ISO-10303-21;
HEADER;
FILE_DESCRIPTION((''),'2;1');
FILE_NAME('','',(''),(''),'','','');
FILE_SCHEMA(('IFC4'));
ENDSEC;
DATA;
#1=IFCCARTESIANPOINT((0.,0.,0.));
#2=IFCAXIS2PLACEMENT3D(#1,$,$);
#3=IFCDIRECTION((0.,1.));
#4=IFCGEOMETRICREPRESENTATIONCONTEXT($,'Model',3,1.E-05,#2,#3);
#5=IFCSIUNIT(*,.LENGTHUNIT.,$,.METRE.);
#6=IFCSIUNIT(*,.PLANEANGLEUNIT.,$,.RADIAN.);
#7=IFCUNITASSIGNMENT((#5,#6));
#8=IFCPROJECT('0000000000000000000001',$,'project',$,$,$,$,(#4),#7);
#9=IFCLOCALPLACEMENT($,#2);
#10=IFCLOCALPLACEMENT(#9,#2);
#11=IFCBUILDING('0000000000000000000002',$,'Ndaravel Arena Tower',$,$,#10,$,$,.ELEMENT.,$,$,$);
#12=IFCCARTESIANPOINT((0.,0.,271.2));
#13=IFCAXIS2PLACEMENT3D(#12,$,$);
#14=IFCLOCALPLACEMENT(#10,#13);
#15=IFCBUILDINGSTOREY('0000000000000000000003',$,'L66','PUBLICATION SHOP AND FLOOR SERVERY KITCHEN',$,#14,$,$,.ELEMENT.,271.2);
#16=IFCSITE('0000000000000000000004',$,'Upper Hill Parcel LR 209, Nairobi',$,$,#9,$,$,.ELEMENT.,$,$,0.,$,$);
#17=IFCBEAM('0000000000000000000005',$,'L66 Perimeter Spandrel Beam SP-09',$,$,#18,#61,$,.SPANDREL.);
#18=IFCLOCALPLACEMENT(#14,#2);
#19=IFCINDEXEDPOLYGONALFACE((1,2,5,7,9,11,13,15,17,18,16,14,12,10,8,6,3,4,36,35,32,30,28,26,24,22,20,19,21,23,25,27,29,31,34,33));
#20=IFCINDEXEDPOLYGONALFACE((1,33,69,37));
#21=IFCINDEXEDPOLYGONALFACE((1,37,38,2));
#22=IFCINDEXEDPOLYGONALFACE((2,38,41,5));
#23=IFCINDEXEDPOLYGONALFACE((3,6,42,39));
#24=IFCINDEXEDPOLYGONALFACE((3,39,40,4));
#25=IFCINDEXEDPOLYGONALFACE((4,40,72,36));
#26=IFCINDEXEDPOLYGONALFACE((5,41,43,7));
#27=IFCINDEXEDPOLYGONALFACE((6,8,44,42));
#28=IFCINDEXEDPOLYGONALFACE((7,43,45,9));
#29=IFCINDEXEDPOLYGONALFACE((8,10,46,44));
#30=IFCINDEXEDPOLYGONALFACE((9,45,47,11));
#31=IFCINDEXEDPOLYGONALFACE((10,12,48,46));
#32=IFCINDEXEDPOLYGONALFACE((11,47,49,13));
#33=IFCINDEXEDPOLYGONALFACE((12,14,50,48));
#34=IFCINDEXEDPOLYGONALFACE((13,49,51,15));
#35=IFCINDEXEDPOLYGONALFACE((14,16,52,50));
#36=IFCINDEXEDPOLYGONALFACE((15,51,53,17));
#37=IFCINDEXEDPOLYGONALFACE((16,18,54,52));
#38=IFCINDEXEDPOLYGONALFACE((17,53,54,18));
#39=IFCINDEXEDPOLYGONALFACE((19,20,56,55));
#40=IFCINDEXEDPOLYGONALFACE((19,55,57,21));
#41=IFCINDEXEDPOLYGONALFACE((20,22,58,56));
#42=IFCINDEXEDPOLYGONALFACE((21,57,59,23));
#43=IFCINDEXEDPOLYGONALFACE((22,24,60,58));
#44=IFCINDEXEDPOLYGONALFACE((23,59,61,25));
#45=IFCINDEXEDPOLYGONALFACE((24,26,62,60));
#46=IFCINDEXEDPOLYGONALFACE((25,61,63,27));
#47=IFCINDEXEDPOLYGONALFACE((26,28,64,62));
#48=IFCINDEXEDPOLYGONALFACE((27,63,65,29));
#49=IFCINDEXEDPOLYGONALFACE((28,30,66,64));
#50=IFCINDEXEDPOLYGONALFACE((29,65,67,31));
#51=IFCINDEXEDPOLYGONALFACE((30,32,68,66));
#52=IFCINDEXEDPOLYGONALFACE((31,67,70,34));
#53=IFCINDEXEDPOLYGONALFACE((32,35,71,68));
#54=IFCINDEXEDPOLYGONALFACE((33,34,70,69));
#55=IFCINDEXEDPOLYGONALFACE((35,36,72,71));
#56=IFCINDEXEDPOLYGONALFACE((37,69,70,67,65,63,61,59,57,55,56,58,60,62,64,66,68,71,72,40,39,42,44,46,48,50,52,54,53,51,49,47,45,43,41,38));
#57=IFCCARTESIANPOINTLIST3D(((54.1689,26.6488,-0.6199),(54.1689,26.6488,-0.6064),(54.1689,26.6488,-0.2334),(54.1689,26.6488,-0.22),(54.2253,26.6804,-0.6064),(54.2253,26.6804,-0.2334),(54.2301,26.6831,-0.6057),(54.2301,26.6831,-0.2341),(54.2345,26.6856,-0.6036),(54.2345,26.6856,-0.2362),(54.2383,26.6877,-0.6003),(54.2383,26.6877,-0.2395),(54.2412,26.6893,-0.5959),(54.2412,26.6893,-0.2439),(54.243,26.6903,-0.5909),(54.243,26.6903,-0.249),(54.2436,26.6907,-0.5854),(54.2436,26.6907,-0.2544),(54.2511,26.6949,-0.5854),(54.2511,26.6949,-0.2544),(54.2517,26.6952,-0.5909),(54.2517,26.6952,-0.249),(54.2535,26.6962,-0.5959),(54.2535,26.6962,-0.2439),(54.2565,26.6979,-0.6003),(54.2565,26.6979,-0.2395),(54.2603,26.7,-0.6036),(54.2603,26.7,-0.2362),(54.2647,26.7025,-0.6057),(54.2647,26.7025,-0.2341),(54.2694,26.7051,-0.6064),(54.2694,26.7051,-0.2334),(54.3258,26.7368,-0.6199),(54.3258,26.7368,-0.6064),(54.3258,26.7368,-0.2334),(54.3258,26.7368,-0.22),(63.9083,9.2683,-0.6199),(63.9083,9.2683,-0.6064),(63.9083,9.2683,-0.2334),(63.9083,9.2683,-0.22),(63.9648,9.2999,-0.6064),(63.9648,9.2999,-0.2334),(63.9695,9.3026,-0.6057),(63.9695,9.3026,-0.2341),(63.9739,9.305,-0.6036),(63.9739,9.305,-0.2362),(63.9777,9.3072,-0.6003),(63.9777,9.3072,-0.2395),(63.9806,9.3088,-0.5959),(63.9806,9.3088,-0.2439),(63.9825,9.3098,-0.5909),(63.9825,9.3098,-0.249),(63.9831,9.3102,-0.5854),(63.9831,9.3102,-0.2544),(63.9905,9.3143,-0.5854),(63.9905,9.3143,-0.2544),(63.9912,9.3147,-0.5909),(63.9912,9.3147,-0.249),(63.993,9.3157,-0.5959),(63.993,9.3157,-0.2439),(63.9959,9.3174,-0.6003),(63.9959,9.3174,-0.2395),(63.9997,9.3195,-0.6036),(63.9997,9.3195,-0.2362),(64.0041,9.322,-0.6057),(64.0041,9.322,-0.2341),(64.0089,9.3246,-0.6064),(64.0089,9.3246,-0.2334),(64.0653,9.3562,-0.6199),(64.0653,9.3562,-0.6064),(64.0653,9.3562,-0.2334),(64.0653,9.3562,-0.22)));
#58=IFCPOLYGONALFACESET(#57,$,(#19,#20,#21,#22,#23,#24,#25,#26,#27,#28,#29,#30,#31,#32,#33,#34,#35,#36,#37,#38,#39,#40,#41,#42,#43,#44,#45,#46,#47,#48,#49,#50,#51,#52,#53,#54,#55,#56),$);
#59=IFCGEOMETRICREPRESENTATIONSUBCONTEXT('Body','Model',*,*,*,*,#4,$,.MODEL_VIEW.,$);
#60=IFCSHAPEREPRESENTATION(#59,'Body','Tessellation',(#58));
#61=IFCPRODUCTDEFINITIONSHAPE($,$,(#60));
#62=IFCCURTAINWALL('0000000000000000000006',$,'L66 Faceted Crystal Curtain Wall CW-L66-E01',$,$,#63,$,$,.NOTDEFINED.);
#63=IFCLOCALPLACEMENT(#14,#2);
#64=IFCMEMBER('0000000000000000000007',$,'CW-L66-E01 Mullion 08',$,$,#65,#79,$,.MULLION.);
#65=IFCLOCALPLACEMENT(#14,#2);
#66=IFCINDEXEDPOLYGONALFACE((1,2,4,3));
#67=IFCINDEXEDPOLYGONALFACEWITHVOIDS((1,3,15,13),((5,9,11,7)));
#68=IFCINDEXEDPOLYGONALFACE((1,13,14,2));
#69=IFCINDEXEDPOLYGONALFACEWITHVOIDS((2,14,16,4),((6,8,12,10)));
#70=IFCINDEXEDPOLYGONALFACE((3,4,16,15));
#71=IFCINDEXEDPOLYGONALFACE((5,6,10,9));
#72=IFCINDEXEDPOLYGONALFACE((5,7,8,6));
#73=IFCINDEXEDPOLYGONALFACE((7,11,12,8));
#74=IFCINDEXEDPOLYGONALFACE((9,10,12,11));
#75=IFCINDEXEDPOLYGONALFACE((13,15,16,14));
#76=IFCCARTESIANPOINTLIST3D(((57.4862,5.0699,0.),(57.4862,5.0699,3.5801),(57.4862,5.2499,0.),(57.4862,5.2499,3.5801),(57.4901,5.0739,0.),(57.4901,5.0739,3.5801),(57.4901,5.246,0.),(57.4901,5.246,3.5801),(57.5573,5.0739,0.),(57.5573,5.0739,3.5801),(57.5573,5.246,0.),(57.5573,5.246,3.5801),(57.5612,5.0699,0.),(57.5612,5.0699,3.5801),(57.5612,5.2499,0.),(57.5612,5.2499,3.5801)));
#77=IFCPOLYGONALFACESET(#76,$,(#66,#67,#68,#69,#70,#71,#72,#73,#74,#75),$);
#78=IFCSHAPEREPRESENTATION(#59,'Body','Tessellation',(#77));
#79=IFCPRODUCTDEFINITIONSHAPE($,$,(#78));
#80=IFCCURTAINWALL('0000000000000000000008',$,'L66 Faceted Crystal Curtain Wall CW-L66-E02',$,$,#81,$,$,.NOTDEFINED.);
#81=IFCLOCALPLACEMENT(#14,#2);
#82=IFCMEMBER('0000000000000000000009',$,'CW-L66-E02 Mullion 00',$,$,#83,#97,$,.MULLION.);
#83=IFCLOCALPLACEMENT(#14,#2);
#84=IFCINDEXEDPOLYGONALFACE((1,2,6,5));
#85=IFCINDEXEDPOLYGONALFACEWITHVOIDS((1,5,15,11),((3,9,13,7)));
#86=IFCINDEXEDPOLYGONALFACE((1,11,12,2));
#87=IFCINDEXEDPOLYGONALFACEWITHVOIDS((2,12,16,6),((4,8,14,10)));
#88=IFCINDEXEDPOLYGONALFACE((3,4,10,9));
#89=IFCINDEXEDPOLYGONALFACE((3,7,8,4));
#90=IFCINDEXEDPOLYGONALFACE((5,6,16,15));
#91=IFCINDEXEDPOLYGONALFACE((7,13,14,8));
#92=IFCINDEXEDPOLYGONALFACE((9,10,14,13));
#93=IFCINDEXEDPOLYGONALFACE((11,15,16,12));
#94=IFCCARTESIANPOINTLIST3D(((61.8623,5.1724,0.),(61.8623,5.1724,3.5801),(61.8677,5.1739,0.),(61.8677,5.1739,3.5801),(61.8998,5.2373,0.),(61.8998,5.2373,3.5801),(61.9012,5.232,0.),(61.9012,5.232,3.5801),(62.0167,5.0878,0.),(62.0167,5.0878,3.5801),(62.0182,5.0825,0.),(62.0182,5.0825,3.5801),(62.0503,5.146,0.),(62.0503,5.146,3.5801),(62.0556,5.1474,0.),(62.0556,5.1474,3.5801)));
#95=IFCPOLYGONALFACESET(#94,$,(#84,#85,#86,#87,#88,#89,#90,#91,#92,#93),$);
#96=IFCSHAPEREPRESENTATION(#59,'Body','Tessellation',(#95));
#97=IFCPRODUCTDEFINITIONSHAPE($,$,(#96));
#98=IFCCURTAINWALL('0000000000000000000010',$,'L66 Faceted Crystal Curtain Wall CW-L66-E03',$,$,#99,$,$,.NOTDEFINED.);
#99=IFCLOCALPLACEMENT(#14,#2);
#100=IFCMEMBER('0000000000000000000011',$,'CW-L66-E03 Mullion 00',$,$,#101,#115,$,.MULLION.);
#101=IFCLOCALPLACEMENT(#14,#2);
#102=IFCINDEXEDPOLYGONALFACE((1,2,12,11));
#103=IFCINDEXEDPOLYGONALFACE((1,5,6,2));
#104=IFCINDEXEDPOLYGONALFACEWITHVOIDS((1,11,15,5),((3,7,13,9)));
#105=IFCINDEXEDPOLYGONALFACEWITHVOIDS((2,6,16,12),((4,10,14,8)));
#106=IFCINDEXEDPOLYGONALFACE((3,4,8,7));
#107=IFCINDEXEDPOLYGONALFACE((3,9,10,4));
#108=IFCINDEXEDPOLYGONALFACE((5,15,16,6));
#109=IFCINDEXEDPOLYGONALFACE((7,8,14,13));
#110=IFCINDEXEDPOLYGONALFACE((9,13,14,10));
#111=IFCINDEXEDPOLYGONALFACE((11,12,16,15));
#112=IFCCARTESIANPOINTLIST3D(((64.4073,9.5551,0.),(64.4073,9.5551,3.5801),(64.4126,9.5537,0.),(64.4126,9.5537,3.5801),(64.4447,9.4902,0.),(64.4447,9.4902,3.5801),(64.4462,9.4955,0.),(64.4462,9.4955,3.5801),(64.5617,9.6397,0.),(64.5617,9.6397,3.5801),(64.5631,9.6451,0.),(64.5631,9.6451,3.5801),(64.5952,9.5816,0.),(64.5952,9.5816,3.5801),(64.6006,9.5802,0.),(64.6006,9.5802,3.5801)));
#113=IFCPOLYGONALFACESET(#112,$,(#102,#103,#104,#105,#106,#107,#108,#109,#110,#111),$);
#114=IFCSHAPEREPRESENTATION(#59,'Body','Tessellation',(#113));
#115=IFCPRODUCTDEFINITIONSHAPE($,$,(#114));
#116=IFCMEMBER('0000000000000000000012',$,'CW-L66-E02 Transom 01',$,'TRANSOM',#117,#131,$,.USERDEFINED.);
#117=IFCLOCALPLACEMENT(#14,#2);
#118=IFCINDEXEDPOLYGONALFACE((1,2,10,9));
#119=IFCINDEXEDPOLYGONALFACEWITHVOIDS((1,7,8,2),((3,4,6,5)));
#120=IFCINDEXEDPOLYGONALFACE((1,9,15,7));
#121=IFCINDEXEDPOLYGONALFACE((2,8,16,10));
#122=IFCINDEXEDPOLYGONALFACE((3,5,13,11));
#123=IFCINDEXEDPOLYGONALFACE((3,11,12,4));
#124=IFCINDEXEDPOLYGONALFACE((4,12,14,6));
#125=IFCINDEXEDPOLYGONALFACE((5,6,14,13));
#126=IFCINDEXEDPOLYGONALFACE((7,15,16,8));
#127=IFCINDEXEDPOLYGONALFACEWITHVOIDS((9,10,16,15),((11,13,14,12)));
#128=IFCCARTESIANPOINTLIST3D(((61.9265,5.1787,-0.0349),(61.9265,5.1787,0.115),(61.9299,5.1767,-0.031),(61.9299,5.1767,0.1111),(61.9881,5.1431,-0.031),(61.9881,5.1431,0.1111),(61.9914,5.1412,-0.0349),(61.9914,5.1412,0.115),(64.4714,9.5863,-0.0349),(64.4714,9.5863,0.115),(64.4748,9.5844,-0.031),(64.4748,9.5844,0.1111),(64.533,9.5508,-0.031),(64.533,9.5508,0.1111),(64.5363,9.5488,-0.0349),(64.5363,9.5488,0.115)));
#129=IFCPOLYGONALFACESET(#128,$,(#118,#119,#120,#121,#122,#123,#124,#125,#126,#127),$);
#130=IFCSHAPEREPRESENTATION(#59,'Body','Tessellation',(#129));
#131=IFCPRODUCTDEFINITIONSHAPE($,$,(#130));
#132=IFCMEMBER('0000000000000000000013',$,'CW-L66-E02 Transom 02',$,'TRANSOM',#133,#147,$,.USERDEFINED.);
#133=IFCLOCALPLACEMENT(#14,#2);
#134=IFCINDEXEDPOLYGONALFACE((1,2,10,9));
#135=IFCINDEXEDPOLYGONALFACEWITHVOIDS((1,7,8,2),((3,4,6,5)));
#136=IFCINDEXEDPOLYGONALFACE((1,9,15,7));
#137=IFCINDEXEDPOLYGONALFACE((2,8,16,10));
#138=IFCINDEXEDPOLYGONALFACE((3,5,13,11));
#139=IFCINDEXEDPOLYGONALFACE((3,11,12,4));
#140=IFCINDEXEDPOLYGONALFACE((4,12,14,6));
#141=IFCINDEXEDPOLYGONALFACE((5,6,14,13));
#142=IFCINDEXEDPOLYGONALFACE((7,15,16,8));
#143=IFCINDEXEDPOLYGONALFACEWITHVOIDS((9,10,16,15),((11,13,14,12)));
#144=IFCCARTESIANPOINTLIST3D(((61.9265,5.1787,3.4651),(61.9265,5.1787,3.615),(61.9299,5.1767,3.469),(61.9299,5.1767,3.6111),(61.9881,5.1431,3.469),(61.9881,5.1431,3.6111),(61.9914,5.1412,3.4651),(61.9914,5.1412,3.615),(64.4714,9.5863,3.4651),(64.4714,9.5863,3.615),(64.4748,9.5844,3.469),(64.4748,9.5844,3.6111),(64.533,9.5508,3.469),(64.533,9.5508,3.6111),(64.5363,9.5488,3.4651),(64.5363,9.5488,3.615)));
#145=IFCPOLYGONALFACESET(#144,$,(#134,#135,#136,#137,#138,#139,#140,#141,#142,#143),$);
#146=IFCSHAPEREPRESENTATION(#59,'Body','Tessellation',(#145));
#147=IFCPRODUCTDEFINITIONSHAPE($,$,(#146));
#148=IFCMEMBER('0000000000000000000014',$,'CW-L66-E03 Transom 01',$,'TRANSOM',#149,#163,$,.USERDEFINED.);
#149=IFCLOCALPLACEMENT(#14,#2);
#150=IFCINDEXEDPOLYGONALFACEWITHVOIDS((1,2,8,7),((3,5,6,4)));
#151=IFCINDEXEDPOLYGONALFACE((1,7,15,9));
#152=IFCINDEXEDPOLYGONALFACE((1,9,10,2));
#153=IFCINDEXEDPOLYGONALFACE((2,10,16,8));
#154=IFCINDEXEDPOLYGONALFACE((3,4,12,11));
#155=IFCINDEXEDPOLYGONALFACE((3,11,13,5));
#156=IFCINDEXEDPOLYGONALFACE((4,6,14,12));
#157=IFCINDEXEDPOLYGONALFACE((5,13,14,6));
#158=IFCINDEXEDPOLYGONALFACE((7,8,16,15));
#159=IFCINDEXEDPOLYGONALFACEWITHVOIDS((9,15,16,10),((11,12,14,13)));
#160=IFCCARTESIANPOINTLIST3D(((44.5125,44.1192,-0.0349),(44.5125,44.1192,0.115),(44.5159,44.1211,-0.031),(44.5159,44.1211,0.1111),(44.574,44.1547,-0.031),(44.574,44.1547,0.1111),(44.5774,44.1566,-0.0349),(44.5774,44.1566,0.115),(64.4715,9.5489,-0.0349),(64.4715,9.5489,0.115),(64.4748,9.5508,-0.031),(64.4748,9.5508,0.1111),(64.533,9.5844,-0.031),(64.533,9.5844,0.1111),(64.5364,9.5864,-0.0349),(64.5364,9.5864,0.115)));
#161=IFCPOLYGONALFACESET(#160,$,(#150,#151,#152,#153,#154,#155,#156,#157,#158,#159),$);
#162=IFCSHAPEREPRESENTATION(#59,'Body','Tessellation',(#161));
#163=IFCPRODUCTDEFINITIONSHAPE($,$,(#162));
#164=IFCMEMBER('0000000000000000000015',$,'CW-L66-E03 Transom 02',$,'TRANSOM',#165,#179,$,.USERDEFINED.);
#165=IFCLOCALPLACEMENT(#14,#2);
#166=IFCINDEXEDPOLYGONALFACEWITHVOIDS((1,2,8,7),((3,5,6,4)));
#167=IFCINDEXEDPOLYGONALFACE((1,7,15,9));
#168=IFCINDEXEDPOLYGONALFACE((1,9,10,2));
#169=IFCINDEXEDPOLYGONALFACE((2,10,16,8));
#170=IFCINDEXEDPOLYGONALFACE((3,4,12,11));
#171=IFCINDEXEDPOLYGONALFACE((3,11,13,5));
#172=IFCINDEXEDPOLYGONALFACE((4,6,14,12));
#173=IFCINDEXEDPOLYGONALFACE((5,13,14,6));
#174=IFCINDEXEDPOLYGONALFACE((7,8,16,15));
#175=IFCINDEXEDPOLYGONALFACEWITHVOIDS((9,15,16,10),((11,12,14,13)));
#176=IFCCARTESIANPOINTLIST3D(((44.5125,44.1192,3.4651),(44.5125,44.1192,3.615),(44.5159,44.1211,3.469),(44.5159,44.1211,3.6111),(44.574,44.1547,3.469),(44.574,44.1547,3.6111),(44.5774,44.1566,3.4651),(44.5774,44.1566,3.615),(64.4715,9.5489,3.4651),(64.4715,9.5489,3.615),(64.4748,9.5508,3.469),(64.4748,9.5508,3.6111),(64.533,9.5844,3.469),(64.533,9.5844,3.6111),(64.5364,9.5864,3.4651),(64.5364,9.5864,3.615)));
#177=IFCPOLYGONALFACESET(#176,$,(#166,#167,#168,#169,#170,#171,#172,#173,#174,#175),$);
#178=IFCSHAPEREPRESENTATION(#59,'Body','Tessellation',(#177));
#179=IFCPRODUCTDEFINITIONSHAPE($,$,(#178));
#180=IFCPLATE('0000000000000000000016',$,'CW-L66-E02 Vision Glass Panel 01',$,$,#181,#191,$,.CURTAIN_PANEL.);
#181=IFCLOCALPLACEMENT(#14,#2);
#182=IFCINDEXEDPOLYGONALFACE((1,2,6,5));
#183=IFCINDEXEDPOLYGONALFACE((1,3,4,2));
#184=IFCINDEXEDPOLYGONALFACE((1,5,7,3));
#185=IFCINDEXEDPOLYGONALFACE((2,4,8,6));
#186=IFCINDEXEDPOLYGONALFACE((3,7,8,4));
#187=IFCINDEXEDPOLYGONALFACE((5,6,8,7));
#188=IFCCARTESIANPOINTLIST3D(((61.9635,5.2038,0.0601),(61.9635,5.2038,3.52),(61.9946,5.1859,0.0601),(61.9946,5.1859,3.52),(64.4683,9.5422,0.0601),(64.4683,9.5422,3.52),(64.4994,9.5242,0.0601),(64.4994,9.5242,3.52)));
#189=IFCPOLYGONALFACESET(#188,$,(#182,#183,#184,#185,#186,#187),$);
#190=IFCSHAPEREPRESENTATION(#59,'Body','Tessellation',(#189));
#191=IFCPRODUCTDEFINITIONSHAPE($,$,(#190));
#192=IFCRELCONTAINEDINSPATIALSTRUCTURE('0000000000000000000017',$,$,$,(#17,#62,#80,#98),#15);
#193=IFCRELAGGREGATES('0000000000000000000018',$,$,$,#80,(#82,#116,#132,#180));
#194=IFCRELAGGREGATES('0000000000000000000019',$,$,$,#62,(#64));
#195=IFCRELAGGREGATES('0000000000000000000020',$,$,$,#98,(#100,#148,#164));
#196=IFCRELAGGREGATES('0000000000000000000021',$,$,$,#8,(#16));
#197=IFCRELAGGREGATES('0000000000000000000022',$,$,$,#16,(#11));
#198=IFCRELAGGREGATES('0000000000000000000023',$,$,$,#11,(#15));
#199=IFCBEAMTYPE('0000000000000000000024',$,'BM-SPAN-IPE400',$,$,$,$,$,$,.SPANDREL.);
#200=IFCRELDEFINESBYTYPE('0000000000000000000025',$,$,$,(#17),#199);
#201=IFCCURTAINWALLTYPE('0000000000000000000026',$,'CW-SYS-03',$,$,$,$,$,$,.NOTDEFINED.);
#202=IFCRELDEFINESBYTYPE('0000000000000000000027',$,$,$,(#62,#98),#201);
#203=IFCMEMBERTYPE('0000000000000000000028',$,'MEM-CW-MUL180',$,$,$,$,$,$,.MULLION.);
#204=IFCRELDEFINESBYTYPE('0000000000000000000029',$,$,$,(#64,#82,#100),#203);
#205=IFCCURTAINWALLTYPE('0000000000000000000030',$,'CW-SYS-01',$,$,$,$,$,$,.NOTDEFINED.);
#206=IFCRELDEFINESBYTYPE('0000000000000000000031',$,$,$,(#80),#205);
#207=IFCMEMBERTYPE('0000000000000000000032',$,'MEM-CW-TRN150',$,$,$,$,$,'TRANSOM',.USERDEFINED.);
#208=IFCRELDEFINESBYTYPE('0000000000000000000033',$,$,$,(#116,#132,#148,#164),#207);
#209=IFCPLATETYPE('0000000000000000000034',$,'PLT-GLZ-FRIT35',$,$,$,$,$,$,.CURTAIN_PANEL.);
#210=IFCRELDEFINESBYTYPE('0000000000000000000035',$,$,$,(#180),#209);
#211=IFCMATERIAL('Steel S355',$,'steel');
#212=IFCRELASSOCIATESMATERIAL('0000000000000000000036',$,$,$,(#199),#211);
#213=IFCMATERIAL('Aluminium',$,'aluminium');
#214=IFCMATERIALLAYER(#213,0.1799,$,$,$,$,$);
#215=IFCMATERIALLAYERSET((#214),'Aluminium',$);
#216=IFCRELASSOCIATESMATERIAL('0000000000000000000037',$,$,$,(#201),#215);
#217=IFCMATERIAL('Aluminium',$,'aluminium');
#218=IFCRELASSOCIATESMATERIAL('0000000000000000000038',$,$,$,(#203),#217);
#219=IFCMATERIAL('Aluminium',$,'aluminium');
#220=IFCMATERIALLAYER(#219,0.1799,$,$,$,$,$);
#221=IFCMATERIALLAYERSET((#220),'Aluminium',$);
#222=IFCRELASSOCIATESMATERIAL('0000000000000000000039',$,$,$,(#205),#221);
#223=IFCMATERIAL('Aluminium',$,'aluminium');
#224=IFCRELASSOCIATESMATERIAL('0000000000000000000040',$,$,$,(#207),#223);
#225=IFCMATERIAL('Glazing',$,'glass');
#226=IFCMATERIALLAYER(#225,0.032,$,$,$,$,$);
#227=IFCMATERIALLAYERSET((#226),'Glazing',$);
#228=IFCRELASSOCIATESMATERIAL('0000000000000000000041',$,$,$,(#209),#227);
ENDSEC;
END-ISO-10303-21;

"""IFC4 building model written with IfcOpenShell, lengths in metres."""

from ifc_helpers import new_model, si_unit, direction, frame, origin, origin_2d, place, context, subcontext, project, spatial, rectangle, hollow_rectangle, i_section, extrude, material, layer, layer_set, material_profile, profile_set, type_object, element, aggregate, save


model = new_model("IFC4")

# Units and contexts
model_context = context("Model", 3, precision=1e-05, world=origin(), true_north=direction((0.0, 1.0)))
body_context = subcontext(model_context, "Body", "Model", "MODEL_VIEW")
ifc_project = project(units=[si_unit("LENGTHUNIT", "METRE"), si_unit("PLANEANGLEUNIT", "RADIAN")], contexts=[model_context])

# Site, building, storey
site_placement = place(None, origin())
site = spatial("IfcSite", under=ifc_project, at=site_placement, Name="Upper Hill Parcel LR 209, Nairobi", CompositionType="ELEMENT", RefElevation=0.0)
building_placement = place(site_placement, origin())
building = spatial("IfcBuilding", under=site, at=building_placement, Name="Ndaravel Arena Tower", CompositionType="ELEMENT")
storey_placement = place(building_placement, frame((0.0, 0.0, 271.2)))
storey = spatial("IfcBuildingStorey", under=building, at=storey_placement, Name="L66", Description="PUBLICATION SHOP AND FLOOR SERVERY KITCHEN", CompositionType="ELEMENT", Elevation=271.2)

# Beam
ifc_material_1 = material(Name="Steel S355", Category="steel")
ifc_material_profile_1 = material_profile(ifc_material_1, i_section(OverallWidth=0.1799, OverallDepth=0.3999, WebThickness=0.0085, FlangeThickness=0.0134, FilletRadius=0.021, at=origin_2d()), Name="IPE 400")
ifc_profile_set_1 = profile_set([ifc_material_profile_1], Name="Steel S355")
beam_type = type_object("IfcBeamType", Name="BM-SPAN-IPE400", PredefinedType="SPANDREL", material=ifc_profile_set_1)
beam_1_placement = place(storey_placement, frame((63.9868, 9.3123, -0.4199), z_axis=(-0.488846, 0.87237, 0.0), x_axis=(-0.87237, -0.488846, 0.0)))
element("IfcBeam", 1, at=beam_1_placement, inside=storey, type_object=beam_type, Name="L66 Perimeter Spandrel Beam SP-09", PredefinedType="SPANDREL", context=body_context, shape_type="SweptSolid", body=[
    extrude(i_section(OverallWidth=0.1799, OverallDepth=0.3999, WebThickness=0.0085, FlangeThickness=0.0134, FilletRadius=0.021, at=origin_2d()), origin(), (0.0, 0.0, 1.0), 19.9233),
])

# Curtain walls, members
ifc_material_2 = material(Name="Aluminium", Category="aluminium")
ifc_layer_1 = layer(ifc_material_2, 0.1799)
ifc_layer_set_1 = layer_set([ifc_layer_1], Name="Aluminium")
curtain_wall_type_1 = type_object("IfcCurtainWallType", Name="CW-SYS-03", PredefinedType="NOTDEFINED", material=ifc_layer_set_1)
curtain_wall_1_placement = place(storey_placement, origin())
curtain_wall_1 = element("IfcCurtainWall", 2, at=curtain_wall_1_placement, inside=storey, type_object=curtain_wall_type_1, Name="L66 Faceted Crystal Curtain Wall CW-L66-E01", PredefinedType="NOTDEFINED")
ifc_material_3 = material(Name="Aluminium", Category="aluminium")
ifc_material_profile_2 = material_profile(ifc_material_3, hollow_rectangle(XDim=0.075, YDim=0.1799, WallThickness=0.0039, at=origin_2d()), Name="CW MULLION 75x180x4")
ifc_profile_set_2 = profile_set([ifc_material_profile_2], Name="Aluminium")
member_type_1 = type_object("IfcMemberType", Name="MEM-CW-MUL180", PredefinedType="MULLION", material=ifc_profile_set_2)
member_1_placement = place(storey_placement, frame((57.5237, 5.1599, 0.0), z_axis=(0.0, 0.0, 1.0), x_axis=(1.0, 0.0, 0.0)))
member_1 = element("IfcMember", 3, at=member_1_placement, type_object=member_type_1, Name="CW-L66-E01 Mullion 08", PredefinedType="MULLION", context=body_context, shape_type="SweptSolid", body=[
    extrude(hollow_rectangle(XDim=0.075, YDim=0.1799, WallThickness=0.0039, at=origin_2d()), origin(), (0.0, 0.0, 1.0), 3.5801),
])
ifc_material_4 = material(Name="Aluminium", Category="aluminium")
ifc_layer_2 = layer(ifc_material_4, 0.1799)
ifc_layer_set_2 = layer_set([ifc_layer_2], Name="Aluminium")
curtain_wall_type_2 = type_object("IfcCurtainWallType", Name="CW-SYS-01", PredefinedType="NOTDEFINED", material=ifc_layer_set_2)
curtain_wall_2_placement = place(storey_placement, origin())
curtain_wall_2 = element("IfcCurtainWall", 4, at=curtain_wall_2_placement, inside=storey, type_object=curtain_wall_type_2, Name="L66 Faceted Crystal Curtain Wall CW-L66-E02", PredefinedType="NOTDEFINED")
member_2_placement = place(storey_placement, frame((61.959, 5.1599, 0.0), z_axis=(0.0, 0.0, 1.0), x_axis=(0.5, 0.866025, 0.0)))
member_2 = element("IfcMember", 5, at=member_2_placement, type_object=member_type_1, Name="CW-L66-E02 Mullion 00", PredefinedType="MULLION", context=body_context, shape_type="SweptSolid", body=[
    extrude(hollow_rectangle(XDim=0.075, YDim=0.1799, WallThickness=0.0039, at=origin_2d()), origin(), (0.0, 0.0, 1.0), 3.5801),
])
curtain_wall_3_placement = place(storey_placement, origin())
curtain_wall_3 = element("IfcCurtainWall", 6, at=curtain_wall_3_placement, inside=storey, type_object=curtain_wall_type_1, Name="L66 Faceted Crystal Curtain Wall CW-L66-E03", PredefinedType="NOTDEFINED")
member_3_placement = place(storey_placement, frame((64.5039, 9.5676, 0.0), z_axis=(0.0, 0.0, 1.0), x_axis=(-0.5, 0.866025, 0.0)))
member_3 = element("IfcMember", 7, at=member_3_placement, type_object=member_type_1, Name="CW-L66-E03 Mullion 00", PredefinedType="MULLION", context=body_context, shape_type="SweptSolid", body=[
    extrude(hollow_rectangle(XDim=0.075, YDim=0.1799, WallThickness=0.0039, at=origin_2d()), origin(), (0.0, 0.0, 1.0), 3.5801),
])

# Members
ifc_material_5 = material(Name="Aluminium", Category="aluminium")
ifc_material_profile_3 = material_profile(ifc_material_5, hollow_rectangle(XDim=0.075, YDim=0.1499, WallThickness=0.0039, at=origin_2d()), Name="CW TRANSOM 75x150x4")
ifc_profile_set_3 = profile_set([ifc_material_profile_3], Name="Aluminium")
member_type_2 = type_object("IfcMemberType", Name="MEM-CW-TRN150", ElementType="TRANSOM", PredefinedType="USERDEFINED", material=ifc_profile_set_3)
member_4_placement = place(storey_placement, frame((61.959, 5.1599, 0.04), z_axis=(0.500019, 0.866015, 0.0), x_axis=(-0.866015, 0.500019, 0.0)))
member_4 = element("IfcMember", 8, at=member_4_placement, type_object=member_type_2, Name="CW-L66-E02 Transom 01", ObjectType="TRANSOM", PredefinedType="USERDEFINED", context=body_context, shape_type="SweptSolid", body=[
    extrude(hollow_rectangle(XDim=0.075, YDim=0.1499, WallThickness=0.0039, at=origin_2d()), origin(), (0.0, 0.0, 1.0), 5.0896),
])
member_5_placement = place(storey_placement, frame((61.959, 5.1599, 3.54), z_axis=(0.500019, 0.866015, 0.0), x_axis=(-0.866015, 0.500019, 0.0)))
member_5 = element("IfcMember", 9, at=member_5_placement, type_object=member_type_2, Name="CW-L66-E02 Transom 02", ObjectType="TRANSOM", PredefinedType="USERDEFINED", context=body_context, shape_type="SweptSolid", body=[
    extrude(hollow_rectangle(XDim=0.075, YDim=0.1499, WallThickness=0.0039, at=origin_2d()), origin(), (0.0, 0.0, 1.0), 5.0896),
])
member_6_placement = place(storey_placement, frame((64.5039, 9.5676, 0.04), z_axis=(-0.499996, 0.866028, 0.0), x_axis=(-0.866028, -0.499996, 0.0)))
member_6 = element("IfcMember", 10, at=member_6_placement, type_object=member_type_2, Name="CW-L66-E03 Transom 01", ObjectType="TRANSOM", PredefinedType="USERDEFINED", context=body_context, shape_type="SweptSolid", body=[
    extrude(hollow_rectangle(XDim=0.075, YDim=0.1499, WallThickness=0.0039, at=origin_2d()), origin(), (0.0, 0.0, 1.0), 39.9182),
])
member_7_placement = place(storey_placement, frame((64.5039, 9.5676, 3.54), z_axis=(-0.499996, 0.866028, 0.0), x_axis=(-0.866028, -0.499996, 0.0)))
member_7 = element("IfcMember", 11, at=member_7_placement, type_object=member_type_2, Name="CW-L66-E03 Transom 02", ObjectType="TRANSOM", PredefinedType="USERDEFINED", context=body_context, shape_type="SweptSolid", body=[
    extrude(hollow_rectangle(XDim=0.075, YDim=0.1499, WallThickness=0.0039, at=origin_2d()), origin(), (0.0, 0.0, 1.0), 39.9182),
])

# Plate
ifc_material_6 = material(Name="Glazing", Category="glass")
ifc_layer_3 = layer(ifc_material_6, 0.032)
ifc_layer_set_3 = layer_set([ifc_layer_3], Name="Glazing")
plate_type_1 = type_object("IfcPlateType", Name="PLT-GLZ-FRIT35", PredefinedType="CURTAIN_PANEL", material=ifc_layer_set_3)
plate_1_placement = place(storey_placement, frame((63.2314, 7.364, 0.0601), z_axis=(0.0, 0.0, 1.0), x_axis=(0.5, 0.866025, 0.0)))
plate_1 = element("IfcPlate", 12, at=plate_1_placement, type_object=plate_type_1, Name="CW-L66-E02 Vision Glass Panel 01", PredefinedType="CURTAIN_PANEL", context=body_context, shape_type="SweptSolid", body=[
    extrude(rectangle(XDim=5.0095, YDim=0.0359, at=origin_2d()), origin(), (0.0, 0.0, 1.0), 3.46),
])
aggregate(curtain_wall_2, [member_2, member_4, member_5, plate_1])
aggregate(curtain_wall_1, [member_1])
aggregate(curtain_wall_3, [member_3, member_6, member_7])

save(model, "model.ifc")
